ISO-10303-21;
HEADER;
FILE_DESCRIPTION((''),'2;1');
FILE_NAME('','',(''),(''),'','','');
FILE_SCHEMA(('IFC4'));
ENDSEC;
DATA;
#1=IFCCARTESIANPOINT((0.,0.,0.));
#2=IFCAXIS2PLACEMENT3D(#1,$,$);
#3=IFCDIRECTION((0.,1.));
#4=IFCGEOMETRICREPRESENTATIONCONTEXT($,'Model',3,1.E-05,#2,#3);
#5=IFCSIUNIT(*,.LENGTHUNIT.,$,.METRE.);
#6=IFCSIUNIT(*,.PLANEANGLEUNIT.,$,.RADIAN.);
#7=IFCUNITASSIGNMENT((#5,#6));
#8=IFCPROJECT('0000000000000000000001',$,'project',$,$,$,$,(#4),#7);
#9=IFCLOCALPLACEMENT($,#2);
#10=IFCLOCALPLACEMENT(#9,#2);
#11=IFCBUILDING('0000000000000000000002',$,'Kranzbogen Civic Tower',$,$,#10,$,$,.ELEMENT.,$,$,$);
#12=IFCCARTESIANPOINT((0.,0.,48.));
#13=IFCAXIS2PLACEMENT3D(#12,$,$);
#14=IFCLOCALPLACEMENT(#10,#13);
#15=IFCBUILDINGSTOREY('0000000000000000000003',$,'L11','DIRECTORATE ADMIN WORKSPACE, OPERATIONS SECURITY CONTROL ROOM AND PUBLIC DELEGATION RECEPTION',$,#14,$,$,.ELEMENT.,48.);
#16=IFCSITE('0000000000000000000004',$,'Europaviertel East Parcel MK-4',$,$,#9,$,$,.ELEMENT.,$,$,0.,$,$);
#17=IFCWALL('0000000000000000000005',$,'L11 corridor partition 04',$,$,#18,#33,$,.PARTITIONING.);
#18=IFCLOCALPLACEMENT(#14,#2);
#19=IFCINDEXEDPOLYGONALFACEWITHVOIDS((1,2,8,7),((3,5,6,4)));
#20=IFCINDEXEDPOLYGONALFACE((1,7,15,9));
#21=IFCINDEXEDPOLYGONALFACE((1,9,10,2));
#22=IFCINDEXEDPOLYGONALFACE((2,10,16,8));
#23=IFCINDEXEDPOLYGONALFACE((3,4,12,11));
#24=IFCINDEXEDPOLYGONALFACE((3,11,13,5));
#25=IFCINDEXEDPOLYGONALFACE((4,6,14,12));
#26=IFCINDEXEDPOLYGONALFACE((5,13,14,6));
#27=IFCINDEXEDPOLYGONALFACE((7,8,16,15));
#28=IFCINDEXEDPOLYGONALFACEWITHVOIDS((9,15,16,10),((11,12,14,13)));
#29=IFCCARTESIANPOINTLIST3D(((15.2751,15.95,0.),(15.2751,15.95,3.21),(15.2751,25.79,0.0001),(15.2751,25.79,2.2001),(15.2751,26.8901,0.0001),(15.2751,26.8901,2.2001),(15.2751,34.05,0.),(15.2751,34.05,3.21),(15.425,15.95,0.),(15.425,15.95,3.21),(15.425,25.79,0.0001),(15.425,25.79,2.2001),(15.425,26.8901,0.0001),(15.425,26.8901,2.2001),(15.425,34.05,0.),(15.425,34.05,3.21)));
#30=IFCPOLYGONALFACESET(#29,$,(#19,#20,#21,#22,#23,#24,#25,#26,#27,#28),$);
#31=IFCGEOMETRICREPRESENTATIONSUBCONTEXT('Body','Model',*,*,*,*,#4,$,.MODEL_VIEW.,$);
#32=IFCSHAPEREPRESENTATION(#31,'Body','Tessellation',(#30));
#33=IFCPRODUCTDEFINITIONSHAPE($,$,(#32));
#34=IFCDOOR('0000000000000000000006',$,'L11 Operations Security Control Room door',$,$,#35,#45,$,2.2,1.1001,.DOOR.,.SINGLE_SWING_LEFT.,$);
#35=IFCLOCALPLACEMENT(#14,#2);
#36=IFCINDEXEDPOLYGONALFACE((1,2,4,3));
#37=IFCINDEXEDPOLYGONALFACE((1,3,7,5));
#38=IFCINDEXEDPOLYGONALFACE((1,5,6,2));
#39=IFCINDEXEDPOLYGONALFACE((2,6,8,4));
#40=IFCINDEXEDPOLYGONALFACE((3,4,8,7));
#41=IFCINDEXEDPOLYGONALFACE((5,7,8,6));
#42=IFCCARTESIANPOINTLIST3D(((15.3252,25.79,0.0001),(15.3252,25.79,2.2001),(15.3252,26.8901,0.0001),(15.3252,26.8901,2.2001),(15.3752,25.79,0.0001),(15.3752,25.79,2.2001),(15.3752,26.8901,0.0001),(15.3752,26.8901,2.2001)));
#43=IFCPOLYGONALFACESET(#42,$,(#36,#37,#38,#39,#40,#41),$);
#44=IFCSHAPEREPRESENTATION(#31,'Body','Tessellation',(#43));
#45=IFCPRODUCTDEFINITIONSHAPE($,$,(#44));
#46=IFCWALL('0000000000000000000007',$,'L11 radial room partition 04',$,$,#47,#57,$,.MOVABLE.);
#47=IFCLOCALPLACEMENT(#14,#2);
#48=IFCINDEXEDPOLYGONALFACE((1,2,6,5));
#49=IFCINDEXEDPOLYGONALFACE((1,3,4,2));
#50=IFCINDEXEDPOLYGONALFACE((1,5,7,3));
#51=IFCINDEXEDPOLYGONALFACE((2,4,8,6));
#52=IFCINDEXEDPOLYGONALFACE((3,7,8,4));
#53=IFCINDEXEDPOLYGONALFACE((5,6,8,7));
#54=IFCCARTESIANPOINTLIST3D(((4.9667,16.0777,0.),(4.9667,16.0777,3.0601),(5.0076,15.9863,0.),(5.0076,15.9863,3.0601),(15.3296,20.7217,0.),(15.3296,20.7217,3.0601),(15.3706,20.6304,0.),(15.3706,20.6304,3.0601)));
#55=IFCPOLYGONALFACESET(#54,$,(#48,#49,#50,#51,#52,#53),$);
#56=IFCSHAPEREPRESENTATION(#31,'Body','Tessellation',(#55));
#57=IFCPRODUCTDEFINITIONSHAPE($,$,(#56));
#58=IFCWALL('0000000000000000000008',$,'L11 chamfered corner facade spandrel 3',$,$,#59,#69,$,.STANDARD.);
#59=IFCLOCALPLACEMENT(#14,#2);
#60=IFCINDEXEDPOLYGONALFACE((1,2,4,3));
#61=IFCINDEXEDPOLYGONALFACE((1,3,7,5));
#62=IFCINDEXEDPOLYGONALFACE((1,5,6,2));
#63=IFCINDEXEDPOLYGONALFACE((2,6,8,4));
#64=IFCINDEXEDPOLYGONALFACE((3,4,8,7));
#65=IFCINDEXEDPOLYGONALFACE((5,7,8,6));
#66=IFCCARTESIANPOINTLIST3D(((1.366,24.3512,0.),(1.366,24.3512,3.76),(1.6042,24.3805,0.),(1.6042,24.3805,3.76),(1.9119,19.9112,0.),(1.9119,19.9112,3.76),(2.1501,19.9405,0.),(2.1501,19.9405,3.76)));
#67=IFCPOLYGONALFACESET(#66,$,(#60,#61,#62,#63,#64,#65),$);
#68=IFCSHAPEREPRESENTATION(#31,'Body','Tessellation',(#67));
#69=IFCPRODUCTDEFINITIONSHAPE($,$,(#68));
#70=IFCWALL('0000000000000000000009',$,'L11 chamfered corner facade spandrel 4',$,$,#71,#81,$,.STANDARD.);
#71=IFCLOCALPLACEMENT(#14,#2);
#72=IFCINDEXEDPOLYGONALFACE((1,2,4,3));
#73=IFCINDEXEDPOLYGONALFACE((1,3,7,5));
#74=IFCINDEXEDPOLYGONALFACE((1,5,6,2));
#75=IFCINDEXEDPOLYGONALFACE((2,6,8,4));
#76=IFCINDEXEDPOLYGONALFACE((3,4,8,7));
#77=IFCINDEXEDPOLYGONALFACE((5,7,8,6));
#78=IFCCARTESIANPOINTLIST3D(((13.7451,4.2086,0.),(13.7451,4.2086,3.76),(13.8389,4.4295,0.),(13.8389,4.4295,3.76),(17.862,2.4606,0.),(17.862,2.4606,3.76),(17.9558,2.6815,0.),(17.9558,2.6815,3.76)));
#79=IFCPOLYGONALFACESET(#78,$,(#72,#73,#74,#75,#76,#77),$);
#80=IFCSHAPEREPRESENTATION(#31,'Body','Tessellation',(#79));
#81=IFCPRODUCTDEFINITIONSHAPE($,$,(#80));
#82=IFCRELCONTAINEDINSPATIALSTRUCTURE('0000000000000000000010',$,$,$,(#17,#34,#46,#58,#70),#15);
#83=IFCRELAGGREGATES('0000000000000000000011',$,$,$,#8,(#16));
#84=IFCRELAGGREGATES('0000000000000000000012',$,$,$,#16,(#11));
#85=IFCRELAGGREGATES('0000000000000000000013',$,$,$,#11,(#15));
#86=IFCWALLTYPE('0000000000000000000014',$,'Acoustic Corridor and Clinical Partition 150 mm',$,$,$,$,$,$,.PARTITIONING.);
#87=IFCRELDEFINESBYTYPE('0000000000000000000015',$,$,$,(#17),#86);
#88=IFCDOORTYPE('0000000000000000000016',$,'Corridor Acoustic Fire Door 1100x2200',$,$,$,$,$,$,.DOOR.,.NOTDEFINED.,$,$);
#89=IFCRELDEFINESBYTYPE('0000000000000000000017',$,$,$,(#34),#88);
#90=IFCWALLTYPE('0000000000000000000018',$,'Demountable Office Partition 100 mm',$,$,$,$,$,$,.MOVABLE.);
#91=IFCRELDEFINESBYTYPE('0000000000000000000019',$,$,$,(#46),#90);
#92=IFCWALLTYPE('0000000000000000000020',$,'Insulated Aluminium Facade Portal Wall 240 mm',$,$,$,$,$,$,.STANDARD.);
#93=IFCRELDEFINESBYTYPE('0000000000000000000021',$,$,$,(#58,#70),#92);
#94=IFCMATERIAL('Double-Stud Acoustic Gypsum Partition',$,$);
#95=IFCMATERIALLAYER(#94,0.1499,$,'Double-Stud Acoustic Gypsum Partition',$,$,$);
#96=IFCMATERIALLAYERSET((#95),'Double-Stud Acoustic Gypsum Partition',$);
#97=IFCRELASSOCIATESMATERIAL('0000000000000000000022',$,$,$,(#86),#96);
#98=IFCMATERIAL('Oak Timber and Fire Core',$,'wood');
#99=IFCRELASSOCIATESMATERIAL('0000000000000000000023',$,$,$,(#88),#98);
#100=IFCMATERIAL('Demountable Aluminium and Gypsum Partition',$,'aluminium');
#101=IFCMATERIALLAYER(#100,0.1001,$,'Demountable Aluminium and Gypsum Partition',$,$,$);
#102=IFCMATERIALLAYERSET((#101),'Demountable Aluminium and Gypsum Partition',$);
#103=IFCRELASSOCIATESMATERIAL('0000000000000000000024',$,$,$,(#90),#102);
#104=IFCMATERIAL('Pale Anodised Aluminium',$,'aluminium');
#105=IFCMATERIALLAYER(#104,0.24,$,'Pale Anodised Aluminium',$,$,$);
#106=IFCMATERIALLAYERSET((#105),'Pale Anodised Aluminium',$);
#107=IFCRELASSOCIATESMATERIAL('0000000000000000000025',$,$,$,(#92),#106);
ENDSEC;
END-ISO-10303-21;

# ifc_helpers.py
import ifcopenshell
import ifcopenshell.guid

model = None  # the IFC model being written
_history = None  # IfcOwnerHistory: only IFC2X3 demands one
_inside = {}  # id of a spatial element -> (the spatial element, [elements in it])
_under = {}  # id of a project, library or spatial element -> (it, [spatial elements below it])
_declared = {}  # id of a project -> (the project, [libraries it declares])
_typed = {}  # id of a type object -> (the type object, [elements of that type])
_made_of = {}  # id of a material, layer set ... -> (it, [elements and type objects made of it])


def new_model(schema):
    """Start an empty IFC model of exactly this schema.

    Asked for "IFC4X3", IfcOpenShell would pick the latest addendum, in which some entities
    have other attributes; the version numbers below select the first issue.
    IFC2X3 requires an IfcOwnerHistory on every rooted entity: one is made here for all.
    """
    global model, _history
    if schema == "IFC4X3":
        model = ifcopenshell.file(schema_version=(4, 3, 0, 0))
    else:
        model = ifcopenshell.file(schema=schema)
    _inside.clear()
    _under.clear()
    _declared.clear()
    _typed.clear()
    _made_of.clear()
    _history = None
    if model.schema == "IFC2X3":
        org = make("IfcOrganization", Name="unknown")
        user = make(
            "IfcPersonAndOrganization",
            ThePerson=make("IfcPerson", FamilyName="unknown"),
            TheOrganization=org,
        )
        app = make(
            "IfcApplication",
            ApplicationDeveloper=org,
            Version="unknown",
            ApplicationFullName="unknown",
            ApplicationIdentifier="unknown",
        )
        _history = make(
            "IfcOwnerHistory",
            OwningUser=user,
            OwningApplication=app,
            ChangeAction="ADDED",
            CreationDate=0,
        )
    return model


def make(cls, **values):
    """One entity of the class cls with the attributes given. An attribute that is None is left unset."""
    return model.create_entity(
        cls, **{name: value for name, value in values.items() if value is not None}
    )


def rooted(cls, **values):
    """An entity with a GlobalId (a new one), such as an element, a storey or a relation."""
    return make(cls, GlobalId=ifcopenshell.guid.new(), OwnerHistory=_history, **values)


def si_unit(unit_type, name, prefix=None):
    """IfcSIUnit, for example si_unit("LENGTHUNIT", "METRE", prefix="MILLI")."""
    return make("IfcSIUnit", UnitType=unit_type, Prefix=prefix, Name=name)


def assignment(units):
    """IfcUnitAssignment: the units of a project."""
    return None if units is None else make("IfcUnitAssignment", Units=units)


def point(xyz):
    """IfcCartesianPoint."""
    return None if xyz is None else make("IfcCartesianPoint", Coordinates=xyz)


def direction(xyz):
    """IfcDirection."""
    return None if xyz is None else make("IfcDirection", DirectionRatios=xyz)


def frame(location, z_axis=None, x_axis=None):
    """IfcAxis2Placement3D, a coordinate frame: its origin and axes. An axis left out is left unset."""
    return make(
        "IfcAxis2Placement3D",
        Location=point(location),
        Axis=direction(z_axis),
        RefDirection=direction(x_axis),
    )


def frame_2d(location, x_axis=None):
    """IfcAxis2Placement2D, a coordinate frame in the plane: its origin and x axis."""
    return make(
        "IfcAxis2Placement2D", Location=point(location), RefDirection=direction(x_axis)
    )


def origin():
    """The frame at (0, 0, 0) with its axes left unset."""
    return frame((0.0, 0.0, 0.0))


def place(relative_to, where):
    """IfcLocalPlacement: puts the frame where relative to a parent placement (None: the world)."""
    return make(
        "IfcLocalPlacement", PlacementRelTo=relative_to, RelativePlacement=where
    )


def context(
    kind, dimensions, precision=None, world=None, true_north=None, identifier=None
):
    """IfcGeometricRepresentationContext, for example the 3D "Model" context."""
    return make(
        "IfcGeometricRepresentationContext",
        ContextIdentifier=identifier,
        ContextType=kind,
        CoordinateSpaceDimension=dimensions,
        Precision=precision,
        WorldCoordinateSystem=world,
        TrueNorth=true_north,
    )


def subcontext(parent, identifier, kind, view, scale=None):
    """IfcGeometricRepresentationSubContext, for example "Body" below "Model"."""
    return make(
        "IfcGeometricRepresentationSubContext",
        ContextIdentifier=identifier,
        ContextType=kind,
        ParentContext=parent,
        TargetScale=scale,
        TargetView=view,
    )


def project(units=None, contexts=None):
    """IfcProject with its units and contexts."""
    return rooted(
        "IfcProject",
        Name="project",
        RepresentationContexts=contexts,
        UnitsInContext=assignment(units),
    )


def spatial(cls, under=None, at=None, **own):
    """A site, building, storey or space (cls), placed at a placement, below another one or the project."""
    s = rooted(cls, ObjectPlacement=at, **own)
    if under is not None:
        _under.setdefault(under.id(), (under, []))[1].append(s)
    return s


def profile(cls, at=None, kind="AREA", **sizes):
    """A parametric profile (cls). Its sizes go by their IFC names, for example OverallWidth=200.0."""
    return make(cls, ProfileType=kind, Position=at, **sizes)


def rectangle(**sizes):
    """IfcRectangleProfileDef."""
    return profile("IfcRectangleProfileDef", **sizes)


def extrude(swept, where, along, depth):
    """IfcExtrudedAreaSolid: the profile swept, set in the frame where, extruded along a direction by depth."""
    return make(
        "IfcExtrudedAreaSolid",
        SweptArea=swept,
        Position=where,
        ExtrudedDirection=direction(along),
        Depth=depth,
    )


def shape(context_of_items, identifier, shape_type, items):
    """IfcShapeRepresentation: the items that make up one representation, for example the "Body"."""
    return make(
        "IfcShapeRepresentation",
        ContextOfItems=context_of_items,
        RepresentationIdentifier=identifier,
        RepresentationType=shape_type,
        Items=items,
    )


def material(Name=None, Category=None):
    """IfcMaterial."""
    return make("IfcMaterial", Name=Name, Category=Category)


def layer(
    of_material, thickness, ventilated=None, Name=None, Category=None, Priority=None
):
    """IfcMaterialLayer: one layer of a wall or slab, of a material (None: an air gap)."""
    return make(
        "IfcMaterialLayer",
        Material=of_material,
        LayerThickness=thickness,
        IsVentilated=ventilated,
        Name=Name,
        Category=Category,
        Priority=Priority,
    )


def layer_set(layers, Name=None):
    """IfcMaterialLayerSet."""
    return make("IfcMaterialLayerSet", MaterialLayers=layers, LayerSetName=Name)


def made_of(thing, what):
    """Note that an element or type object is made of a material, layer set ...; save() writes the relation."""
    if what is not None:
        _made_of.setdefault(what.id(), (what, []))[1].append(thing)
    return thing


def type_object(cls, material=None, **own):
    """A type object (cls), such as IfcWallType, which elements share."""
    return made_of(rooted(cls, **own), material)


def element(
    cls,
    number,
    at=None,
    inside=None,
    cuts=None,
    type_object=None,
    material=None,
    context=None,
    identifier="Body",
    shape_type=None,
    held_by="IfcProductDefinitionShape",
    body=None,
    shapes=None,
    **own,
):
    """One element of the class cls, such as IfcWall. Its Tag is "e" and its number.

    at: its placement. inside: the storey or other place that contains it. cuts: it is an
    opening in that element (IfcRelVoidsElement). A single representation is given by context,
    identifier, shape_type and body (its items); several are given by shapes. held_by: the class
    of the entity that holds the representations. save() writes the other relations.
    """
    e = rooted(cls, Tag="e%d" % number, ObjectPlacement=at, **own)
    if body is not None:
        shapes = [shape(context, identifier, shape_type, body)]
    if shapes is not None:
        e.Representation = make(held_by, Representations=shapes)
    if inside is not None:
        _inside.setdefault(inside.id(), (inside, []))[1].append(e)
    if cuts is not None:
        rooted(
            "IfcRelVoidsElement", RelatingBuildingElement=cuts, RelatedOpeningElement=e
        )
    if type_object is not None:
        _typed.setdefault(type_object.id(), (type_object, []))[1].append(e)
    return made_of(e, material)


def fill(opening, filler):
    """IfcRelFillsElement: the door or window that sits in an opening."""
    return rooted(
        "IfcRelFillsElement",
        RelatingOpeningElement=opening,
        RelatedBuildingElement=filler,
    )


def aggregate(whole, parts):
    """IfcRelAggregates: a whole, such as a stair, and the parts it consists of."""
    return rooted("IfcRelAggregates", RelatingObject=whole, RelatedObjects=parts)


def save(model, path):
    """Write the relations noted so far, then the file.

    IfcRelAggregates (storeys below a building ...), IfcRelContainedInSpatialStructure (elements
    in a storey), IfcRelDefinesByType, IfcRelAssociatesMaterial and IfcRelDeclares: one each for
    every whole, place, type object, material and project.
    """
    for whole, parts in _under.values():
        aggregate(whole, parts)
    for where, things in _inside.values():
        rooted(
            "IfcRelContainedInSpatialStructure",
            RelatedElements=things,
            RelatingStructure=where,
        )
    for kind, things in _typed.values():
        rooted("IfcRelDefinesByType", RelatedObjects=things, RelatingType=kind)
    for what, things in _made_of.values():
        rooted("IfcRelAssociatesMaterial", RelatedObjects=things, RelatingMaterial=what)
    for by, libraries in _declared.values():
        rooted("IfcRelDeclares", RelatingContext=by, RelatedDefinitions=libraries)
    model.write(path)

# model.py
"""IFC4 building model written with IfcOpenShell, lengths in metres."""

from ifc_helpers import new_model, si_unit, direction, frame, frame_2d, origin, place, context, subcontext, project, spatial, rectangle, extrude, material, layer, layer_set, type_object, element, fill, save


model = new_model("IFC4")

# Units and contexts
model_context = context("Model", 3, precision=1e-05, world=origin(), true_north=direction((0.0, 1.0)))
body_context = subcontext(model_context, "Body", "Model", "MODEL_VIEW")
ifc_project = project(units=[si_unit("LENGTHUNIT", "METRE"), si_unit("PLANEANGLEUNIT", "RADIAN")], contexts=[model_context])

# Site, building, storey
site_placement = place(None, origin())
site = spatial("IfcSite", under=ifc_project, at=site_placement, Name="Europaviertel East Parcel MK-4", CompositionType="ELEMENT", RefElevation=0.0)
building_placement = place(site_placement, origin())
building = spatial("IfcBuilding", under=site, at=building_placement, Name="Kranzbogen Civic Tower", CompositionType="ELEMENT")
storey_placement = place(building_placement, frame((0.0, 0.0, 48.0)))
storey = spatial("IfcBuildingStorey", under=building, at=storey_placement, Name="L11", Description="DIRECTORATE ADMIN WORKSPACE, OPERATIONS SECURITY CONTROL ROOM AND PUBLIC DELEGATION RECEPTION", CompositionType="ELEMENT", Elevation=48.0)

# Shared definitions
ifc_material_1 = material(Name="Pale Anodised Aluminium", Category="aluminium")

# Wall, opening, door
ifc_material_2 = material(Name="Double-Stud Acoustic Gypsum Partition")
ifc_layer_1 = layer(ifc_material_2, 0.1499, Name="Double-Stud Acoustic Gypsum Partition")
ifc_layer_set_1 = layer_set([ifc_layer_1], Name="Double-Stud Acoustic Gypsum Partition")
wall_type_1 = type_object("IfcWallType", Name="Acoustic Corridor and Clinical Partition 150 mm", PredefinedType="PARTITIONING", material=ifc_layer_set_1)
wall_1_placement = place(storey_placement, frame((15.3501, 15.95, 0.0), z_axis=(0.0, 0.0, 1.0), x_axis=(0.0, 1.0, 0.0)))
wall_1 = element("IfcWall", 1, at=wall_1_placement, inside=storey, type_object=wall_type_1, Name="L11 corridor partition 04", PredefinedType="PARTITIONING", context=body_context, shape_type="SweptSolid", body=[
    extrude(rectangle(XDim=18.1001, YDim=0.1499, at=frame_2d((9.05, 0.0))), origin(), (0.0, 0.0, 1.0), 3.21),
])
opening_placement = place(wall_1_placement, frame((9.8401, 0.0, 0.0)))
opening = element("IfcOpeningElement", 2, at=opening_placement, cuts=wall_1, PredefinedType="OPENING", context=body_context, shape_type="SweptSolid", body=[
    extrude(rectangle(XDim=1.1001, YDim=2.2, at=frame_2d((0.55, 1.1001))), frame((0.0, 0.085, 0.0), z_axis=(0.0, -1.0, 0.0), x_axis=(1.0, 0.0, 0.0)), (0.0, 0.0, 1.0), 0.1699),
])
ifc_material_3 = material(Name="Oak Timber and Fire Core", Category="wood")
door_type = type_object("IfcDoorType", Name="Corridor Acoustic Fire Door 1100x2200", OperationType="NOTDEFINED", PredefinedType="DOOR", material=ifc_material_3)
door_placement = place(opening_placement, origin())
door = element("IfcDoor", 3, at=door_placement, inside=storey, type_object=door_type, Name="L11 Operations Security Control Room door", OperationType="SINGLE_SWING_LEFT", OverallHeight=2.2, OverallWidth=1.1001, PredefinedType="DOOR", context=body_context, shape_type="SweptSolid", body=[
    extrude(rectangle(XDim=1.1001, YDim=2.2, at=frame_2d((0.55, 1.1001))), frame((0.0, 0.0249, 0.0), z_axis=(0.0, -1.0, 0.0), x_axis=(1.0, 0.0, 0.0)), (0.0, 0.0, 1.0), 0.05),
])
fill(opening, door)

# Walls
ifc_material_4 = material(Name="Demountable Aluminium and Gypsum Partition", Category="aluminium")
ifc_layer_2 = layer(ifc_material_4, 0.1001, Name="Demountable Aluminium and Gypsum Partition")
ifc_layer_set_2 = layer_set([ifc_layer_2], Name="Demountable Aluminium and Gypsum Partition")
wall_type_2 = type_object("IfcWallType", Name="Demountable Office Partition 100 mm", PredefinedType="MOVABLE", material=ifc_layer_set_2)
wall_2_placement = place(storey_placement, frame((15.3501, 20.676, 0.0), z_axis=(0.0, 0.0, 1.0), x_axis=(-0.912557, -0.408949, 0.0)))
element("IfcWall", 4, at=wall_2_placement, inside=storey, type_object=wall_type_2, Name="L11 radial room partition 04", PredefinedType="MOVABLE", context=body_context, shape_type="SweptSolid", body=[
    extrude(rectangle(XDim=11.356, YDim=0.1001, at=frame_2d((5.678, 0.0))), origin(), (0.0, 0.0, 1.0), 3.0601),
])
ifc_layer_3 = layer(ifc_material_1, 0.24, Name="Pale Anodised Aluminium")
ifc_layer_set_3 = layer_set([ifc_layer_3], Name="Pale Anodised Aluminium")
wall_type_3 = type_object("IfcWallType", Name="Insulated Aluminium Facade Portal Wall 240 mm", PredefinedType="STANDARD", material=ifc_layer_set_3)
wall_3_placement = place(storey_placement, frame((1.4851, 24.366, 0.0), z_axis=(0.0, 0.0, 1.0), x_axis=(0.122033, -0.992526, 0.0)))
element("IfcWall", 5, at=wall_3_placement, inside=storey, type_object=wall_type_3, Name="L11 chamfered corner facade spandrel 3", PredefinedType="STANDARD", context=body_context, shape_type="SweptSolid", body=[
    extrude(rectangle(XDim=4.4734, YDim=0.24, at=frame_2d((2.2368, 0.0))), origin(), (0.0, 0.0, 1.0), 3.76),
])
wall_4_placement = place(storey_placement, frame((13.792, 4.3191, 0.0), z_axis=(0.0, 0.0, 1.0), x_axis=(0.920464, -0.390827, 0.0)))
element("IfcWall", 6, at=wall_4_placement, inside=storey, type_object=wall_type_3, Name="L11 chamfered corner facade spandrel 4", PredefinedType="STANDARD", context=body_context, shape_type="SweptSolid", body=[
    extrude(rectangle(XDim=4.4727, YDim=0.24, at=frame_2d((2.2363, 0.0))), origin(), (0.0, 0.0, 1.0), 3.76),
])

save(model, "model.ifc")
